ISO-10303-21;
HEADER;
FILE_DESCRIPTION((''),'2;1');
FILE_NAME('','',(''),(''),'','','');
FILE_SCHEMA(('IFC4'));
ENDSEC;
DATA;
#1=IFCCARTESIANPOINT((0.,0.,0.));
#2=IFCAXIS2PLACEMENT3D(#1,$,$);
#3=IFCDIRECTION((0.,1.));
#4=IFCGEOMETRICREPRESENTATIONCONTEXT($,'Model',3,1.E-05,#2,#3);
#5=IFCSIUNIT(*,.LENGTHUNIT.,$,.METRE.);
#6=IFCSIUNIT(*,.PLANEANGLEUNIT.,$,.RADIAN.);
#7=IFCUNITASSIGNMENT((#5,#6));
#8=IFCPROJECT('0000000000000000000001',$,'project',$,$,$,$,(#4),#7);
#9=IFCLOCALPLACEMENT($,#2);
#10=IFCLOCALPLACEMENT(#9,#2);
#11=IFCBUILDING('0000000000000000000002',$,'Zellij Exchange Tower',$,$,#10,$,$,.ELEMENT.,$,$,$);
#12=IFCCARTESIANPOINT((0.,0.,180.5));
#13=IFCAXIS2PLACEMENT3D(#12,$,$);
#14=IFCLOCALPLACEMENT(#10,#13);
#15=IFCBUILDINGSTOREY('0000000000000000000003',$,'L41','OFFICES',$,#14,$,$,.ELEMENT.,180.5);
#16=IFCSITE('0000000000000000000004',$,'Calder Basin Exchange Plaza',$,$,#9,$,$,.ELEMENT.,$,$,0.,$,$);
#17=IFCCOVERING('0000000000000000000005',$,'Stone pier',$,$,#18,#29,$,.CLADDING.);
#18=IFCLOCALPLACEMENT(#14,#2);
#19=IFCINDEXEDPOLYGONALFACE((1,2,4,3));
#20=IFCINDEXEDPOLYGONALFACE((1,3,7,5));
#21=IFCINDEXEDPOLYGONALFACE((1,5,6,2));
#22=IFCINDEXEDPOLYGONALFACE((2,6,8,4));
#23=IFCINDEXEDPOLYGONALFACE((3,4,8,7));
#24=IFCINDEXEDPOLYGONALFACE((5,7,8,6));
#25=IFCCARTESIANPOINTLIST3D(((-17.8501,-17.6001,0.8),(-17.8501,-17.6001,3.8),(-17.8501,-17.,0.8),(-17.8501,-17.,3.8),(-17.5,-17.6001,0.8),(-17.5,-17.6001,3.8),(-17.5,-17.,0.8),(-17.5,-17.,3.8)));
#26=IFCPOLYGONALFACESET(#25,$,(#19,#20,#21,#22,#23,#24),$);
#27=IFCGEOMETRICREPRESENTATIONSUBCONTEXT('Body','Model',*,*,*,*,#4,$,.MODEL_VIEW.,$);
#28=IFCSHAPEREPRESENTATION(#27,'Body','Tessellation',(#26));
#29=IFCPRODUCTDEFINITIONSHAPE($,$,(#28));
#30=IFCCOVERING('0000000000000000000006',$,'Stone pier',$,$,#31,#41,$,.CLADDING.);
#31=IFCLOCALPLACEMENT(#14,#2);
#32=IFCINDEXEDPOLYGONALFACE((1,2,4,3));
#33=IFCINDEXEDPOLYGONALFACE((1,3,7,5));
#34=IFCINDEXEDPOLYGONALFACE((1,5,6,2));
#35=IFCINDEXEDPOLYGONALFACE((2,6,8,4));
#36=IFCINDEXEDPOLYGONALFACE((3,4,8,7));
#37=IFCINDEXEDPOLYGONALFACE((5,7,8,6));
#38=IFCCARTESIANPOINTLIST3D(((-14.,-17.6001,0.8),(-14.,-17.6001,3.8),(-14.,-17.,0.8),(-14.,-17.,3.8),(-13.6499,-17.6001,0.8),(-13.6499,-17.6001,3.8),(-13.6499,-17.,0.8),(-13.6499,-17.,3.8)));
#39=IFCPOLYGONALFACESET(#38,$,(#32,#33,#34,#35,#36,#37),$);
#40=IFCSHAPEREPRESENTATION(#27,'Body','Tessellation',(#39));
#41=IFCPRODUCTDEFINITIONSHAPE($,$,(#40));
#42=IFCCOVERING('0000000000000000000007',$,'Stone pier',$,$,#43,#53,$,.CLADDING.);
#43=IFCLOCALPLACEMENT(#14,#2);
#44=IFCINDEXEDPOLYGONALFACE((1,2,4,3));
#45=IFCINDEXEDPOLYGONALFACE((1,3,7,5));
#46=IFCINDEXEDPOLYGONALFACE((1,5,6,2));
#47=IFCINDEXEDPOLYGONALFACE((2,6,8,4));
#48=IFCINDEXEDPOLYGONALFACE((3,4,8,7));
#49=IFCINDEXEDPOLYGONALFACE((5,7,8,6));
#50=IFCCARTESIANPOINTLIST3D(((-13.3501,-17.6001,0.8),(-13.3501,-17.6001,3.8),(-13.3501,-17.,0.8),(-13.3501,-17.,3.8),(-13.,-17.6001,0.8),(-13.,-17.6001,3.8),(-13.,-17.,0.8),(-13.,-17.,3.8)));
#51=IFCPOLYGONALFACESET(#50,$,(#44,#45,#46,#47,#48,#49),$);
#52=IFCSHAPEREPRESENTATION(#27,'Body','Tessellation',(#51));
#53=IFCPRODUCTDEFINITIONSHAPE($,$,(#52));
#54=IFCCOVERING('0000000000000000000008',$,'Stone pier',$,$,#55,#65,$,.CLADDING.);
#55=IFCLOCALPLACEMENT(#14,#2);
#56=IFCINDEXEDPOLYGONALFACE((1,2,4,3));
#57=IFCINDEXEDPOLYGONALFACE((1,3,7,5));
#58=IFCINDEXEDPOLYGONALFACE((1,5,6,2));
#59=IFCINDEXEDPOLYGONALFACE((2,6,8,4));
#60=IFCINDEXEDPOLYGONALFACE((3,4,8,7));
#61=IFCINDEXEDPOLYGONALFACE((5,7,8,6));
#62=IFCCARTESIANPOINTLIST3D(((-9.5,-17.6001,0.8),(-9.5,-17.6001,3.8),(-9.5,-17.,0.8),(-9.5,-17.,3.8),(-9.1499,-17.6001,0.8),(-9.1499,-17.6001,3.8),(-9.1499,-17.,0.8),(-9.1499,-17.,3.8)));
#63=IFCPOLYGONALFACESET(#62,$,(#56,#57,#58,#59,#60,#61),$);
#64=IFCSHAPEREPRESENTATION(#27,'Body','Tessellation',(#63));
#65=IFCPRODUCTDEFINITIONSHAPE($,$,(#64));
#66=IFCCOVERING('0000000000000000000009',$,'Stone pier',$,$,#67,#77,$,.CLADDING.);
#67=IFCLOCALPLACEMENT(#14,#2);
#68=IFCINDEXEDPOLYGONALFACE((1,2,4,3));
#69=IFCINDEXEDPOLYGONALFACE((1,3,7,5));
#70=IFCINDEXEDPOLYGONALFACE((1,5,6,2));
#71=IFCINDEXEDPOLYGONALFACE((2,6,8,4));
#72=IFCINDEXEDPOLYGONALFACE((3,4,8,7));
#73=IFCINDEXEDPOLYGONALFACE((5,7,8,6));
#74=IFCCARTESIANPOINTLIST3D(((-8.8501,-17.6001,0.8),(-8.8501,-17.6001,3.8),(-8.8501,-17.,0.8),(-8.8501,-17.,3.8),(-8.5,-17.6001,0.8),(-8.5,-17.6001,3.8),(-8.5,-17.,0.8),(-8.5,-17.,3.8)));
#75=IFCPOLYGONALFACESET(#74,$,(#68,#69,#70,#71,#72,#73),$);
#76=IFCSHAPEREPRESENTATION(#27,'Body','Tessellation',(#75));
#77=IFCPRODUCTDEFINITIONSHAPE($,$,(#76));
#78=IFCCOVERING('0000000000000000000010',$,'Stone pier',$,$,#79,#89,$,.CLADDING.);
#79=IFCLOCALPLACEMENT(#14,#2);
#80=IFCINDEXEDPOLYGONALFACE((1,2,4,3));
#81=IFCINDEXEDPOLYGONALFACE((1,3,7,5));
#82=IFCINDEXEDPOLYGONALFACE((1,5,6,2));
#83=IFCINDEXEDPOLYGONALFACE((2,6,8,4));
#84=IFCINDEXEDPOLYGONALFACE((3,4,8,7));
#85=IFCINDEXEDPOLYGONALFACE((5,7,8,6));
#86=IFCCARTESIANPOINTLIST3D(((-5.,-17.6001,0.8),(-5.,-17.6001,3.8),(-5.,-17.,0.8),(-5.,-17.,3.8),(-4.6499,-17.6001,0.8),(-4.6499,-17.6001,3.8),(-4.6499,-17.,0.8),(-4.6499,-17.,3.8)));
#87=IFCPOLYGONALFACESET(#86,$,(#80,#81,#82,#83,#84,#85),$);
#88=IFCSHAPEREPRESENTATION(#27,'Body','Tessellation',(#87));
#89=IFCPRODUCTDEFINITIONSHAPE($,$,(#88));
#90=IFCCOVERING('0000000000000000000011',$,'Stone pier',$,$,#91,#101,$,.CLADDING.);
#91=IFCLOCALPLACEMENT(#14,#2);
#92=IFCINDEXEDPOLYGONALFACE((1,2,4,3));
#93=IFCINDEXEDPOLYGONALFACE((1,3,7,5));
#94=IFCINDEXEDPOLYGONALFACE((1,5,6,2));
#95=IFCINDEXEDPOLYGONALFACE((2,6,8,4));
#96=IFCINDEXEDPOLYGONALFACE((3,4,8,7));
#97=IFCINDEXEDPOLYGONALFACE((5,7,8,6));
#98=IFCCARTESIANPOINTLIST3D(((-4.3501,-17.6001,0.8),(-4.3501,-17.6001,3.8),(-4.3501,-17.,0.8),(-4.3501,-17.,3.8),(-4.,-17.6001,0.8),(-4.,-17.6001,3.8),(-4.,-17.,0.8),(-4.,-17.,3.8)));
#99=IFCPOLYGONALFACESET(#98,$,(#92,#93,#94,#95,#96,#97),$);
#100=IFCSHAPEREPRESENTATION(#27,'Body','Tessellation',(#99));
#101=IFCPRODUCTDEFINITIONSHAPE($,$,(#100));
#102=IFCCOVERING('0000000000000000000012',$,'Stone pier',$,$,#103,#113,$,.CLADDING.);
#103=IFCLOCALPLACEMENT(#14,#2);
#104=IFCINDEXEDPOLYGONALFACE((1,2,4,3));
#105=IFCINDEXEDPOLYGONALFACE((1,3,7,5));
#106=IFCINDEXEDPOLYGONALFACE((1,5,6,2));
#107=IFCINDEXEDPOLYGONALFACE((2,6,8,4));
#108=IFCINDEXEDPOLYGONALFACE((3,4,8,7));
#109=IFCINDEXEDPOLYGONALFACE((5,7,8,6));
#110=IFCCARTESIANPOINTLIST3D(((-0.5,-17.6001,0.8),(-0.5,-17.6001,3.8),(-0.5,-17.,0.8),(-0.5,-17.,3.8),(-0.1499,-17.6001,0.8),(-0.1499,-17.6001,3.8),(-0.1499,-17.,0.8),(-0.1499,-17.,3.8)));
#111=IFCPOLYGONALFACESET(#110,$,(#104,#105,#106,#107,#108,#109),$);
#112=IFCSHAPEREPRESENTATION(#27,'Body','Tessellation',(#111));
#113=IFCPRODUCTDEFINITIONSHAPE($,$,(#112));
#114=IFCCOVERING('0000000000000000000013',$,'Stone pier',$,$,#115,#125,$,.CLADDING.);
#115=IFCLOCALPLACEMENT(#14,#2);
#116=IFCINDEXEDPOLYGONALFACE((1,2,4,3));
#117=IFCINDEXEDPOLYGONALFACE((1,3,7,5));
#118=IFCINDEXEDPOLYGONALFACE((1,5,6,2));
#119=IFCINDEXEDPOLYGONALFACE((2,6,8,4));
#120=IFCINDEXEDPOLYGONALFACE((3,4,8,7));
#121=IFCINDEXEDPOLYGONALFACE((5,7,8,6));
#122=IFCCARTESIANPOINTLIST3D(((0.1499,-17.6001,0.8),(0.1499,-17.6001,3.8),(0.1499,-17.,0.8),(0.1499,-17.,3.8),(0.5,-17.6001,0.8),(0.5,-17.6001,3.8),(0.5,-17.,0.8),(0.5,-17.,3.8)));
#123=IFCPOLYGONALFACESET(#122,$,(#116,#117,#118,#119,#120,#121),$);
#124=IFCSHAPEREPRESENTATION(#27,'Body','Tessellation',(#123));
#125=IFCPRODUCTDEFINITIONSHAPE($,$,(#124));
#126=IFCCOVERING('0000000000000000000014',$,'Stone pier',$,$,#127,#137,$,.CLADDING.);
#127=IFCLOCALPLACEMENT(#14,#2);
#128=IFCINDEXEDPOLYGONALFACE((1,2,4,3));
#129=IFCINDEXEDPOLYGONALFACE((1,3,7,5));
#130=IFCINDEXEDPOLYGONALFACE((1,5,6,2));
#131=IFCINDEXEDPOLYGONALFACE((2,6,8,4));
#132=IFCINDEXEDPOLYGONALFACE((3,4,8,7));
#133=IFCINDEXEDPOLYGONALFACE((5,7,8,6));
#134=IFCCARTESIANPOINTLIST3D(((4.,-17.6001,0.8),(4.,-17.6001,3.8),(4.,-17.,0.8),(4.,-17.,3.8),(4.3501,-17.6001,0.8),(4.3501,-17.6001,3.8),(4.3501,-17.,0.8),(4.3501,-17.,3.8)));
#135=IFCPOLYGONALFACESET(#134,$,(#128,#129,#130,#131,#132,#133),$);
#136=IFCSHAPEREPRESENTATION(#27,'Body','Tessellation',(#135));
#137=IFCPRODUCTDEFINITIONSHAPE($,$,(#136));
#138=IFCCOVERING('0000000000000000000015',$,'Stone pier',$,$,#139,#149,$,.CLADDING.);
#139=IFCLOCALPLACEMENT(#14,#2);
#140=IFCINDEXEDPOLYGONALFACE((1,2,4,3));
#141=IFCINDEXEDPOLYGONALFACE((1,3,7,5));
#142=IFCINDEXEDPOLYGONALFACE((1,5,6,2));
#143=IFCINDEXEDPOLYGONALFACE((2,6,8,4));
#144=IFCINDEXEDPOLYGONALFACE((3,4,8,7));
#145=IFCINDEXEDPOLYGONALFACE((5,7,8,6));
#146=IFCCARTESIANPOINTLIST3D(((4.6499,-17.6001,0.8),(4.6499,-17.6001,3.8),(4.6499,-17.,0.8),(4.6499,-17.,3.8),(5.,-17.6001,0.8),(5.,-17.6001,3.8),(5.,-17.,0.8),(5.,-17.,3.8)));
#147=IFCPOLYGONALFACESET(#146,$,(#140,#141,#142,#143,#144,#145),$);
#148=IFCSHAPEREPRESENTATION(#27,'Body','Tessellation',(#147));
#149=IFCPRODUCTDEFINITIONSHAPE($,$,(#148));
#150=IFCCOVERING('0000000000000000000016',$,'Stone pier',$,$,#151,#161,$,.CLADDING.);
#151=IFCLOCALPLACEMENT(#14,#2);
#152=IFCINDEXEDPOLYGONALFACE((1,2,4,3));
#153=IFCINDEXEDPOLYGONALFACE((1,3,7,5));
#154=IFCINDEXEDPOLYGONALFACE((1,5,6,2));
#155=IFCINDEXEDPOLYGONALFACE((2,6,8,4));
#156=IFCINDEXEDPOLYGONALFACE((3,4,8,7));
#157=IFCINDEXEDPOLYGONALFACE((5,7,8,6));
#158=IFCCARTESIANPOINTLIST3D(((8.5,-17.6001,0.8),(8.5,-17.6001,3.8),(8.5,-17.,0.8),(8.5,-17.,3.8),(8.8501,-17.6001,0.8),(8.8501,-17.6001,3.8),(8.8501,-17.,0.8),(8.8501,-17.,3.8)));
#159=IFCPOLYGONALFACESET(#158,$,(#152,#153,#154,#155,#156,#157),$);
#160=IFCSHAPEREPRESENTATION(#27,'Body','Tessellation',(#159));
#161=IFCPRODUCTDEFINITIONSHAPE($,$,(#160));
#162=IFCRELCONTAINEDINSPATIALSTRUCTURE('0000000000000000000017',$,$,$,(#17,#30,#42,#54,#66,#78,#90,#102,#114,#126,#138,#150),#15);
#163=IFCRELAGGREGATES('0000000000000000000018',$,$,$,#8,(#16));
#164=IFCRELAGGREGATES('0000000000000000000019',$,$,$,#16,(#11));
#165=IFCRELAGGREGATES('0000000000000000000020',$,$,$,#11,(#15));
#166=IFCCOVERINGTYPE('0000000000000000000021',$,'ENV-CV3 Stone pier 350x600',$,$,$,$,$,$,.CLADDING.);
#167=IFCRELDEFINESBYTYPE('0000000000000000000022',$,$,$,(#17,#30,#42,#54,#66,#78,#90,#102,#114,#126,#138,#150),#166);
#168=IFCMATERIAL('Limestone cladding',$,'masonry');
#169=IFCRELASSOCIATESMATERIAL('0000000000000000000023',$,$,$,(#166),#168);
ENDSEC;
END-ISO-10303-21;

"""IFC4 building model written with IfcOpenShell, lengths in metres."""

from ifc_helpers import new_model, si_unit, direction, frame, origin, place, context, subcontext, project, spatial, polyline, outline, extrude, material, type_object, element, save


model = new_model("IFC4")

# Units and contexts
model_context = context("Model", 3, precision=1e-05, world=origin(), true_north=direction((0.0, 1.0)))
body_context = subcontext(model_context, "Body", "Model", "MODEL_VIEW")
ifc_project = project(units=[si_unit("LENGTHUNIT", "METRE"), si_unit("PLANEANGLEUNIT", "RADIAN")], contexts=[model_context])

# Site, building, storey
site_placement = place(None, origin())
site = spatial("IfcSite", under=ifc_project, at=site_placement, Name="Calder Basin Exchange Plaza", CompositionType="ELEMENT", RefElevation=0.0)
building_placement = place(site_placement, origin())
building = spatial("IfcBuilding", under=site, at=building_placement, Name="Zellij Exchange Tower", CompositionType="ELEMENT")
storey_placement = place(building_placement, frame((0.0, 0.0, 180.5)))
storey = spatial("IfcBuildingStorey", under=building, at=storey_placement, Name="L41", Description="OFFICES", CompositionType="ELEMENT", Elevation=180.5)

# Coverings
ifc_material_1 = material(Name="Limestone cladding", Category="masonry")
covering_type = type_object("IfcCoveringType", Name="ENV-CV3 Stone pier 350x600", PredefinedType="CLADDING", material=ifc_material_1)
covering_1_placement = place(storey_placement, frame((0.0, 0.0, 0.8)))
element("IfcCovering", 1, at=covering_1_placement, inside=storey, type_object=covering_type, Name="Stone pier", PredefinedType="CLADDING", context=body_context, shape_type="SweptSolid", body=[
    extrude(outline(polyline([(-17.8501, -17.0), (-17.5, -17.0), (-17.5, -17.6001), (-17.8501, -17.6001), (-17.8501, -17.0)])), origin(), (0.0, 0.0, 1.0), 3.0),
])
covering_2_placement = place(storey_placement, frame((0.0, 0.0, 0.8)))
element("IfcCovering", 2, at=covering_2_placement, inside=storey, type_object=covering_type, Name="Stone pier", PredefinedType="CLADDING", context=body_context, shape_type="SweptSolid", body=[
    extrude(outline(polyline([(-14.0, -17.0), (-13.6499, -17.0), (-13.6499, -17.6001), (-14.0, -17.6001), (-14.0, -17.0)])), origin(), (0.0, 0.0, 1.0), 3.0),
])
covering_3_placement = place(storey_placement, frame((0.0, 0.0, 0.8)))
element("IfcCovering", 3, at=covering_3_placement, inside=storey, type_object=covering_type, Name="Stone pier", PredefinedType="CLADDING", context=body_context, shape_type="SweptSolid", body=[
    extrude(outline(polyline([(-13.3501, -17.0), (-13.0, -17.0), (-13.0, -17.6001), (-13.3501, -17.6001), (-13.3501, -17.0)])), origin(), (0.0, 0.0, 1.0), 3.0),
])
covering_4_placement = place(storey_placement, frame((0.0, 0.0, 0.8)))
element("IfcCovering", 4, at=covering_4_placement, inside=storey, type_object=covering_type, Name="Stone pier", PredefinedType="CLADDING", context=body_context, shape_type="SweptSolid", body=[
    extrude(outline(polyline([(-9.5, -17.0), (-9.1499, -17.0), (-9.1499, -17.6001), (-9.5, -17.6001), (-9.5, -17.0)])), origin(), (0.0, 0.0, 1.0), 3.0),
])
covering_5_placement = place(storey_placement, frame((0.0, 0.0, 0.8)))
element("IfcCovering", 5, at=covering_5_placement, inside=storey, type_object=covering_type, Name="Stone pier", PredefinedType="CLADDING", context=body_context, shape_type="SweptSolid", body=[
    extrude(outline(polyline([(-8.8501, -17.0), (-8.5, -17.0), (-8.5, -17.6001), (-8.8501, -17.6001), (-8.8501, -17.0)])), origin(), (0.0, 0.0, 1.0), 3.0),
])
covering_6_placement = place(storey_placement, frame((0.0, 0.0, 0.8)))
element("IfcCovering", 6, at=covering_6_placement, inside=storey, type_object=covering_type, Name="Stone pier", PredefinedType="CLADDING", context=body_context, shape_type="SweptSolid", body=[
    extrude(outline(polyline([(-5.0, -17.0), (-4.6499, -17.0), (-4.6499, -17.6001), (-5.0, -17.6001), (-5.0, -17.0)])), origin(), (0.0, 0.0, 1.0), 3.0),
])
covering_7_placement = place(storey_placement, frame((0.0, 0.0, 0.8)))
element("IfcCovering", 7, at=covering_7_placement, inside=storey, type_object=covering_type, Name="Stone pier", PredefinedType="CLADDING", context=body_context, shape_type="SweptSolid", body=[
    extrude(outline(polyline([(-4.3501, -17.0), (-4.0, -17.0), (-4.0, -17.6001), (-4.3501, -17.6001), (-4.3501, -17.0)])), origin(), (0.0, 0.0, 1.0), 3.0),
])
covering_8_placement = place(storey_placement, frame((0.0, 0.0, 0.8)))
element("IfcCovering", 8, at=covering_8_placement, inside=storey, type_object=covering_type, Name="Stone pier", PredefinedType="CLADDING", context=body_context, shape_type="SweptSolid", body=[
    extrude(outline(polyline([(-0.5, -17.0), (-0.1499, -17.0), (-0.1499, -17.6001), (-0.5, -17.6001), (-0.5, -17.0)])), origin(), (0.0, 0.0, 1.0), 3.0),
])
covering_9_placement = place(storey_placement, frame((0.0, 0.0, 0.8)))
element("IfcCovering", 9, at=covering_9_placement, inside=storey, type_object=covering_type, Name="Stone pier", PredefinedType="CLADDING", context=body_context, shape_type="SweptSolid", body=[
    extrude(outline(polyline([(0.1499, -17.0), (0.5, -17.0), (0.5, -17.6001), (0.1499, -17.6001), (0.1499, -17.0)])), origin(), (0.0, 0.0, 1.0), 3.0),
])
covering_10_placement = place(storey_placement, frame((0.0, 0.0, 0.8)))
element("IfcCovering", 10, at=covering_10_placement, inside=storey, type_object=covering_type, Name="Stone pier", PredefinedType="CLADDING", context=body_context, shape_type="SweptSolid", body=[
    extrude(outline(polyline([(4.0, -17.0), (4.3501, -17.0), (4.3501, -17.6001), (4.0, -17.6001), (4.0, -17.0)])), origin(), (0.0, 0.0, 1.0), 3.0),
])
covering_11_placement = place(storey_placement, frame((0.0, 0.0, 0.8)))
element("IfcCovering", 11, at=covering_11_placement, inside=storey, type_object=covering_type, Name="Stone pier", PredefinedType="CLADDING", context=body_context, shape_type="SweptSolid", body=[
    extrude(outline(polyline([(4.6499, -17.0), (5.0, -17.0), (5.0, -17.6001), (4.6499, -17.6001), (4.6499, -17.0)])), origin(), (0.0, 0.0, 1.0), 3.0),
])
covering_12_placement = place(storey_placement, frame((0.0, 0.0, 0.8)))
element("IfcCovering", 12, at=covering_12_placement, inside=storey, type_object=covering_type, Name="Stone pier", PredefinedType="CLADDING", context=body_context, shape_type="SweptSolid", body=[
    extrude(outline(polyline([(8.5, -17.0), (8.8501, -17.0), (8.8501, -17.6001), (8.5, -17.6001), (8.5, -17.0)])), origin(), (0.0, 0.0, 1.0), 3.0),
])

save(model, "model.ifc")
